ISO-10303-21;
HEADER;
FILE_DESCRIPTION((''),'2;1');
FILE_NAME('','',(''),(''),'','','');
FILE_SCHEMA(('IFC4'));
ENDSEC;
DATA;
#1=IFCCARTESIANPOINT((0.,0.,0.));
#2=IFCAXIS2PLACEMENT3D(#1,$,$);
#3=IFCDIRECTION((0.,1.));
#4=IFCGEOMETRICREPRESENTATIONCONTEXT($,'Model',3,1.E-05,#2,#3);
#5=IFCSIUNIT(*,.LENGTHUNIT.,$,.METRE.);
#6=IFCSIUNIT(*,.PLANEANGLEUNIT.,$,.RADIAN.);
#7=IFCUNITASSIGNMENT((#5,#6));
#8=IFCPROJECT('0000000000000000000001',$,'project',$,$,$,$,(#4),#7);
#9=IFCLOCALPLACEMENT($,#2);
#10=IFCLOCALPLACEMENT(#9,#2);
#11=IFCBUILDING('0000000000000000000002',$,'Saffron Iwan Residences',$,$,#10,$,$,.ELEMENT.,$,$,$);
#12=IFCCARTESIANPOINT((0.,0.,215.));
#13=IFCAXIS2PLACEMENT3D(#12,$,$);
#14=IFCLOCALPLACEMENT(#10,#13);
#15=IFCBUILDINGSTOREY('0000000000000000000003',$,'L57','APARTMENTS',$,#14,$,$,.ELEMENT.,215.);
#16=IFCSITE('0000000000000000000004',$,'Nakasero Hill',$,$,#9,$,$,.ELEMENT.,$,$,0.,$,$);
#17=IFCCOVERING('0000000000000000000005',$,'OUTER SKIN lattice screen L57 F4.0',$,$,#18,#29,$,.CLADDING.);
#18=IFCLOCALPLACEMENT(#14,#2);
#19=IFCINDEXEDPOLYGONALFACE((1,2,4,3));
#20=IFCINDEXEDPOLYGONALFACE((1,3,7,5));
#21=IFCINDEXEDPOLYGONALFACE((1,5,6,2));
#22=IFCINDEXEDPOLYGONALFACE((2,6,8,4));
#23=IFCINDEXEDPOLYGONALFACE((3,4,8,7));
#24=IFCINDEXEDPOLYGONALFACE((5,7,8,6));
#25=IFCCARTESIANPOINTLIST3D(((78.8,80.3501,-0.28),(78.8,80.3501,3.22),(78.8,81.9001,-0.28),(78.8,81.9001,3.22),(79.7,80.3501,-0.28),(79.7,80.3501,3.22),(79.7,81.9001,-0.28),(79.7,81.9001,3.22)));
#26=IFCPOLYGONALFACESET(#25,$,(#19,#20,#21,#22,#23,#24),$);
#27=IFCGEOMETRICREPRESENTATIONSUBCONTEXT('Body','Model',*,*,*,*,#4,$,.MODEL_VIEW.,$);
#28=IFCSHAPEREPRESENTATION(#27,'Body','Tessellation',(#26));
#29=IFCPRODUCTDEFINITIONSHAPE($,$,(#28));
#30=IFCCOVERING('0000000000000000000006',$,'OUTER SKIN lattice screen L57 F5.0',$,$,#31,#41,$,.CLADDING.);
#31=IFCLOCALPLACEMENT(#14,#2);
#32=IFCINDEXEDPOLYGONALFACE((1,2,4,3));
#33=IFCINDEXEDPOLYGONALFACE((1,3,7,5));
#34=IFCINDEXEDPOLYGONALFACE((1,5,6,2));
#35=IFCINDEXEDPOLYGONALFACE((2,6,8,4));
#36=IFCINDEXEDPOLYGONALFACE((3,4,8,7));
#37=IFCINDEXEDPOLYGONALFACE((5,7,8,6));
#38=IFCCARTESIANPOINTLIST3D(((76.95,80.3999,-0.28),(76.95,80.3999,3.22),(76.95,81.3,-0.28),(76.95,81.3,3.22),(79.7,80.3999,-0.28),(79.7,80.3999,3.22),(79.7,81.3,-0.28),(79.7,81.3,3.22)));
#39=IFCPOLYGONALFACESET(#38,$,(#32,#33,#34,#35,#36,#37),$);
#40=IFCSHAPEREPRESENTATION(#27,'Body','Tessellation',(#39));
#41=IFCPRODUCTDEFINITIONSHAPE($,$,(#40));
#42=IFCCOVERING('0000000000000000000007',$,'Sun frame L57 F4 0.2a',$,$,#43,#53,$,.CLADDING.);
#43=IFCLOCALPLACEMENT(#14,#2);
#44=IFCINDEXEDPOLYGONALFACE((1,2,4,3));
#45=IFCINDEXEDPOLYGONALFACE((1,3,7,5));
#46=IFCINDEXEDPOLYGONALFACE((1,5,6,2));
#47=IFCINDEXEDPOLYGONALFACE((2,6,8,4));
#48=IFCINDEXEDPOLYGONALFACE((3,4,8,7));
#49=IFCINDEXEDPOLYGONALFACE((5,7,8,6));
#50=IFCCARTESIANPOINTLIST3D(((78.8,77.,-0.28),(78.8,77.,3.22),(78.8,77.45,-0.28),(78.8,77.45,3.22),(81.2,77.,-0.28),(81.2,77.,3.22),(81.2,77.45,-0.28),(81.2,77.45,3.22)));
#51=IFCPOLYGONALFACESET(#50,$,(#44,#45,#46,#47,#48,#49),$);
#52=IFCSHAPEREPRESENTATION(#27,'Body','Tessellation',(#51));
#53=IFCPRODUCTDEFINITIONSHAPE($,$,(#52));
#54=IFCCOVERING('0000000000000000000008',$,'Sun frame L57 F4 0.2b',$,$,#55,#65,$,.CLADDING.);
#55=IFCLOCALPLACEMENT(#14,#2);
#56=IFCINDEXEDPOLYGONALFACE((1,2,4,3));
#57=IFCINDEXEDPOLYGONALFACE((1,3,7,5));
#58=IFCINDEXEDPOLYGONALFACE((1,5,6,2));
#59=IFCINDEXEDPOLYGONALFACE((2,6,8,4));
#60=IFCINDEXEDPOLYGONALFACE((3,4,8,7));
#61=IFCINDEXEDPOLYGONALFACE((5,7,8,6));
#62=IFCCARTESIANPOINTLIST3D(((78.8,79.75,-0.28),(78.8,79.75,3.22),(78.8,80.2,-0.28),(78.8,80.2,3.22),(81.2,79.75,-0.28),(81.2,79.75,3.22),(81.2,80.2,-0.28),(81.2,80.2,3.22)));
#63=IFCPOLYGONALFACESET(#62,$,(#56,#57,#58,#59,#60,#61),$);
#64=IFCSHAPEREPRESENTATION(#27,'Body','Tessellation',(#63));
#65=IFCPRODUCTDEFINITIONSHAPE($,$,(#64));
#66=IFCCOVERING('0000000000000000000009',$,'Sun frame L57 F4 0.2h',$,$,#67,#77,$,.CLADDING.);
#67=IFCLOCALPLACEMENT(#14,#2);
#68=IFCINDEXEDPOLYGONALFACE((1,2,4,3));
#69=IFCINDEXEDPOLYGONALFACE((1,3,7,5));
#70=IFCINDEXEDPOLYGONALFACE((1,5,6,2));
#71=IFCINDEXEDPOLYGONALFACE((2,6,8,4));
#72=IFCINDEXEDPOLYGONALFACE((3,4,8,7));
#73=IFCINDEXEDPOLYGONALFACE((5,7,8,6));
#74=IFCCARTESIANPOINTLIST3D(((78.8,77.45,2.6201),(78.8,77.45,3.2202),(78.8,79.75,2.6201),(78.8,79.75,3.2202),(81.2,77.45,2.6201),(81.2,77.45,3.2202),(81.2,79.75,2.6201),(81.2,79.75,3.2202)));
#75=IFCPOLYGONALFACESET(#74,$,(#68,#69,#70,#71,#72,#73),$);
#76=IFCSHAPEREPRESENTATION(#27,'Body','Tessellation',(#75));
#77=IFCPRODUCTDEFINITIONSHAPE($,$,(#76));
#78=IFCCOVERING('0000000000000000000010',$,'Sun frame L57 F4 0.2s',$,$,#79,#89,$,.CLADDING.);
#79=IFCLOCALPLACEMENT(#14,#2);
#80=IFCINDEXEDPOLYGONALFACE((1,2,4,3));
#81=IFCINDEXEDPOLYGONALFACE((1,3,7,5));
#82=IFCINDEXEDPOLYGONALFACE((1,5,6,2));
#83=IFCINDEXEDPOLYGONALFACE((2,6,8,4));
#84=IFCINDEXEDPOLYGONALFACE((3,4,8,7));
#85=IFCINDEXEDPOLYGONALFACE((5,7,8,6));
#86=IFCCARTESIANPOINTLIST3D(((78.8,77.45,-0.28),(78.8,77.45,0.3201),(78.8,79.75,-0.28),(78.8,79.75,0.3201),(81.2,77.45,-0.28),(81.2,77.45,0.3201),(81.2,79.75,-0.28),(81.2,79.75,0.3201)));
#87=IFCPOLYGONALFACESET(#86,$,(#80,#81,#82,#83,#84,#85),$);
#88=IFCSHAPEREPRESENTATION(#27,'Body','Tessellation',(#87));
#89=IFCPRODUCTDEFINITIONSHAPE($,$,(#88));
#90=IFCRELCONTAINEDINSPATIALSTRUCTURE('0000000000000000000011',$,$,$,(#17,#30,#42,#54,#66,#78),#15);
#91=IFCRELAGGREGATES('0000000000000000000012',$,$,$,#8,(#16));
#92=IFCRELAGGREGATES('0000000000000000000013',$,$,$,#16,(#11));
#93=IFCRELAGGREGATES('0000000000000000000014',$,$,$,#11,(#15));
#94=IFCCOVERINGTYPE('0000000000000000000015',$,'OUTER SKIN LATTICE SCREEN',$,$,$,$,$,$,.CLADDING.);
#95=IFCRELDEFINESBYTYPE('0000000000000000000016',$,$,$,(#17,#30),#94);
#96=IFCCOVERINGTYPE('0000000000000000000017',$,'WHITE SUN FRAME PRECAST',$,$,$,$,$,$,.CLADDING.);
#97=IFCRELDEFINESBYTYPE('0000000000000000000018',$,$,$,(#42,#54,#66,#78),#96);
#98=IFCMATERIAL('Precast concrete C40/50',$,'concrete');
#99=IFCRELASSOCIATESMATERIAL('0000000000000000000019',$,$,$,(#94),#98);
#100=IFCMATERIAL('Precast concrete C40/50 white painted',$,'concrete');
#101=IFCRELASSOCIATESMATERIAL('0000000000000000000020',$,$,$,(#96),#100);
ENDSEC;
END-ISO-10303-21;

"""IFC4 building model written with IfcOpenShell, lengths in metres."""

from ifc_helpers import new_model, si_unit, direction, frame, origin, place, context, subcontext, project, spatial, polyline, outline, extrude, material, type_object, element, save


model = new_model("IFC4")

# Units and contexts
model_context = context("Model", 3, precision=1e-05, world=origin(), true_north=direction((0.0, 1.0)))
body_context = subcontext(model_context, "Body", "Model", "MODEL_VIEW")
ifc_project = project(units=[si_unit("LENGTHUNIT", "METRE"), si_unit("PLANEANGLEUNIT", "RADIAN")], contexts=[model_context])

# Site, building, storey
site_placement = place(None, origin())
site = spatial("IfcSite", under=ifc_project, at=site_placement, Name="Nakasero Hill", CompositionType="ELEMENT", RefElevation=0.0)
building_placement = place(site_placement, origin())
building = spatial("IfcBuilding", under=site, at=building_placement, Name="Saffron Iwan Residences", CompositionType="ELEMENT")
storey_placement = place(building_placement, frame((0.0, 0.0, 215.0)))
storey = spatial("IfcBuildingStorey", under=building, at=storey_placement, Name="L57", Description="APARTMENTS", CompositionType="ELEMENT", Elevation=215.0)

# Coverings
ifc_material_1 = material(Name="Precast concrete C40/50", Category="concrete")
covering_type_1 = type_object("IfcCoveringType", Name="OUTER SKIN LATTICE SCREEN", PredefinedType="CLADDING", material=ifc_material_1)
covering_1_placement = place(storey_placement, frame((78.8, 80.3501, -0.28), z_axis=(1.0, 0.0, 0.0), x_axis=(0.0, 1.0, 0.0)))
element("IfcCovering", 1, at=covering_1_placement, inside=storey, type_object=covering_type_1, Name="OUTER SKIN lattice screen L57 F4.0", PredefinedType="CLADDING", context=body_context, shape_type="SweptSolid", body=[
    extrude(outline(polyline([(0.0, 0.0), (1.55, 0.0), (1.55, 3.5), (0.0, 3.5), (0.0, 0.0)])), origin(), (0.0, 0.0, 1.0), 0.8999),
])
covering_2_placement = place(storey_placement, frame((79.7, 80.3999, -0.28), z_axis=(0.0, 1.0, 0.0), x_axis=(-1.0, 0.0, 0.0)))
element("IfcCovering", 2, at=covering_2_placement, inside=storey, type_object=covering_type_1, Name="OUTER SKIN lattice screen L57 F5.0", PredefinedType="CLADDING", context=body_context, shape_type="SweptSolid", body=[
    extrude(outline(polyline([(0.0, 0.0), (2.75, 0.0), (2.75, 3.5), (0.0, 3.5), (0.0, 0.0)])), origin(), (0.0, 0.0, 1.0), 0.9001),
])
ifc_material_2 = material(Name="Precast concrete C40/50 white painted", Category="concrete")
covering_type_2 = type_object("IfcCoveringType", Name="WHITE SUN FRAME PRECAST", PredefinedType="CLADDING", material=ifc_material_2)
for number, where, z_axis, x_axis, name in (
    (3, (78.8, 77.0, -0.28), (1.0, 0.0, 0.0), (0.0, 1.0, 0.0), "Sun frame L57 F4 0.2a"),
    (4, (78.8, 79.75, -0.28), (1.0, 0.0, 0.0), (0.0, 1.0, 0.0), "Sun frame L57 F4 0.2b"),
):
    element("IfcCovering", number, at=place(storey_placement, frame(where, z_axis=z_axis, x_axis=x_axis)), inside=storey, type_object=covering_type_2, Name=name, PredefinedType="CLADDING", context=body_context, shape_type="SweptSolid", body=[
        extrude(outline(polyline([(0.0, 0.0), (0.45, 0.0), (0.45, 3.5), (0.0, 3.5), (0.0, 0.0)])), origin(), (0.0, 0.0, 1.0), 2.3999),
    ])
for number, where, z_axis, x_axis, name in (
    (5, (78.8, 77.45, 2.6201), (1.0, 0.0, 0.0), (0.0, 1.0, 0.0), "Sun frame L57 F4 0.2h"),
    (6, (78.8, 77.45, -0.28), (1.0, 0.0, 0.0), (0.0, 1.0, 0.0), "Sun frame L57 F4 0.2s"),
):
    element("IfcCovering", number, at=place(storey_placement, frame(where, z_axis=z_axis, x_axis=x_axis)), inside=storey, type_object=covering_type_2, Name=name, PredefinedType="CLADDING", context=body_context, shape_type="SweptSolid", body=[
        extrude(outline(polyline([(0.0, 0.0), (2.3, 0.0), (2.3, 0.6001), (0.0, 0.6001), (0.0, 0.0)])), origin(), (0.0, 0.0, 1.0), 2.3999),
    ])

save(model, "model.ifc")
